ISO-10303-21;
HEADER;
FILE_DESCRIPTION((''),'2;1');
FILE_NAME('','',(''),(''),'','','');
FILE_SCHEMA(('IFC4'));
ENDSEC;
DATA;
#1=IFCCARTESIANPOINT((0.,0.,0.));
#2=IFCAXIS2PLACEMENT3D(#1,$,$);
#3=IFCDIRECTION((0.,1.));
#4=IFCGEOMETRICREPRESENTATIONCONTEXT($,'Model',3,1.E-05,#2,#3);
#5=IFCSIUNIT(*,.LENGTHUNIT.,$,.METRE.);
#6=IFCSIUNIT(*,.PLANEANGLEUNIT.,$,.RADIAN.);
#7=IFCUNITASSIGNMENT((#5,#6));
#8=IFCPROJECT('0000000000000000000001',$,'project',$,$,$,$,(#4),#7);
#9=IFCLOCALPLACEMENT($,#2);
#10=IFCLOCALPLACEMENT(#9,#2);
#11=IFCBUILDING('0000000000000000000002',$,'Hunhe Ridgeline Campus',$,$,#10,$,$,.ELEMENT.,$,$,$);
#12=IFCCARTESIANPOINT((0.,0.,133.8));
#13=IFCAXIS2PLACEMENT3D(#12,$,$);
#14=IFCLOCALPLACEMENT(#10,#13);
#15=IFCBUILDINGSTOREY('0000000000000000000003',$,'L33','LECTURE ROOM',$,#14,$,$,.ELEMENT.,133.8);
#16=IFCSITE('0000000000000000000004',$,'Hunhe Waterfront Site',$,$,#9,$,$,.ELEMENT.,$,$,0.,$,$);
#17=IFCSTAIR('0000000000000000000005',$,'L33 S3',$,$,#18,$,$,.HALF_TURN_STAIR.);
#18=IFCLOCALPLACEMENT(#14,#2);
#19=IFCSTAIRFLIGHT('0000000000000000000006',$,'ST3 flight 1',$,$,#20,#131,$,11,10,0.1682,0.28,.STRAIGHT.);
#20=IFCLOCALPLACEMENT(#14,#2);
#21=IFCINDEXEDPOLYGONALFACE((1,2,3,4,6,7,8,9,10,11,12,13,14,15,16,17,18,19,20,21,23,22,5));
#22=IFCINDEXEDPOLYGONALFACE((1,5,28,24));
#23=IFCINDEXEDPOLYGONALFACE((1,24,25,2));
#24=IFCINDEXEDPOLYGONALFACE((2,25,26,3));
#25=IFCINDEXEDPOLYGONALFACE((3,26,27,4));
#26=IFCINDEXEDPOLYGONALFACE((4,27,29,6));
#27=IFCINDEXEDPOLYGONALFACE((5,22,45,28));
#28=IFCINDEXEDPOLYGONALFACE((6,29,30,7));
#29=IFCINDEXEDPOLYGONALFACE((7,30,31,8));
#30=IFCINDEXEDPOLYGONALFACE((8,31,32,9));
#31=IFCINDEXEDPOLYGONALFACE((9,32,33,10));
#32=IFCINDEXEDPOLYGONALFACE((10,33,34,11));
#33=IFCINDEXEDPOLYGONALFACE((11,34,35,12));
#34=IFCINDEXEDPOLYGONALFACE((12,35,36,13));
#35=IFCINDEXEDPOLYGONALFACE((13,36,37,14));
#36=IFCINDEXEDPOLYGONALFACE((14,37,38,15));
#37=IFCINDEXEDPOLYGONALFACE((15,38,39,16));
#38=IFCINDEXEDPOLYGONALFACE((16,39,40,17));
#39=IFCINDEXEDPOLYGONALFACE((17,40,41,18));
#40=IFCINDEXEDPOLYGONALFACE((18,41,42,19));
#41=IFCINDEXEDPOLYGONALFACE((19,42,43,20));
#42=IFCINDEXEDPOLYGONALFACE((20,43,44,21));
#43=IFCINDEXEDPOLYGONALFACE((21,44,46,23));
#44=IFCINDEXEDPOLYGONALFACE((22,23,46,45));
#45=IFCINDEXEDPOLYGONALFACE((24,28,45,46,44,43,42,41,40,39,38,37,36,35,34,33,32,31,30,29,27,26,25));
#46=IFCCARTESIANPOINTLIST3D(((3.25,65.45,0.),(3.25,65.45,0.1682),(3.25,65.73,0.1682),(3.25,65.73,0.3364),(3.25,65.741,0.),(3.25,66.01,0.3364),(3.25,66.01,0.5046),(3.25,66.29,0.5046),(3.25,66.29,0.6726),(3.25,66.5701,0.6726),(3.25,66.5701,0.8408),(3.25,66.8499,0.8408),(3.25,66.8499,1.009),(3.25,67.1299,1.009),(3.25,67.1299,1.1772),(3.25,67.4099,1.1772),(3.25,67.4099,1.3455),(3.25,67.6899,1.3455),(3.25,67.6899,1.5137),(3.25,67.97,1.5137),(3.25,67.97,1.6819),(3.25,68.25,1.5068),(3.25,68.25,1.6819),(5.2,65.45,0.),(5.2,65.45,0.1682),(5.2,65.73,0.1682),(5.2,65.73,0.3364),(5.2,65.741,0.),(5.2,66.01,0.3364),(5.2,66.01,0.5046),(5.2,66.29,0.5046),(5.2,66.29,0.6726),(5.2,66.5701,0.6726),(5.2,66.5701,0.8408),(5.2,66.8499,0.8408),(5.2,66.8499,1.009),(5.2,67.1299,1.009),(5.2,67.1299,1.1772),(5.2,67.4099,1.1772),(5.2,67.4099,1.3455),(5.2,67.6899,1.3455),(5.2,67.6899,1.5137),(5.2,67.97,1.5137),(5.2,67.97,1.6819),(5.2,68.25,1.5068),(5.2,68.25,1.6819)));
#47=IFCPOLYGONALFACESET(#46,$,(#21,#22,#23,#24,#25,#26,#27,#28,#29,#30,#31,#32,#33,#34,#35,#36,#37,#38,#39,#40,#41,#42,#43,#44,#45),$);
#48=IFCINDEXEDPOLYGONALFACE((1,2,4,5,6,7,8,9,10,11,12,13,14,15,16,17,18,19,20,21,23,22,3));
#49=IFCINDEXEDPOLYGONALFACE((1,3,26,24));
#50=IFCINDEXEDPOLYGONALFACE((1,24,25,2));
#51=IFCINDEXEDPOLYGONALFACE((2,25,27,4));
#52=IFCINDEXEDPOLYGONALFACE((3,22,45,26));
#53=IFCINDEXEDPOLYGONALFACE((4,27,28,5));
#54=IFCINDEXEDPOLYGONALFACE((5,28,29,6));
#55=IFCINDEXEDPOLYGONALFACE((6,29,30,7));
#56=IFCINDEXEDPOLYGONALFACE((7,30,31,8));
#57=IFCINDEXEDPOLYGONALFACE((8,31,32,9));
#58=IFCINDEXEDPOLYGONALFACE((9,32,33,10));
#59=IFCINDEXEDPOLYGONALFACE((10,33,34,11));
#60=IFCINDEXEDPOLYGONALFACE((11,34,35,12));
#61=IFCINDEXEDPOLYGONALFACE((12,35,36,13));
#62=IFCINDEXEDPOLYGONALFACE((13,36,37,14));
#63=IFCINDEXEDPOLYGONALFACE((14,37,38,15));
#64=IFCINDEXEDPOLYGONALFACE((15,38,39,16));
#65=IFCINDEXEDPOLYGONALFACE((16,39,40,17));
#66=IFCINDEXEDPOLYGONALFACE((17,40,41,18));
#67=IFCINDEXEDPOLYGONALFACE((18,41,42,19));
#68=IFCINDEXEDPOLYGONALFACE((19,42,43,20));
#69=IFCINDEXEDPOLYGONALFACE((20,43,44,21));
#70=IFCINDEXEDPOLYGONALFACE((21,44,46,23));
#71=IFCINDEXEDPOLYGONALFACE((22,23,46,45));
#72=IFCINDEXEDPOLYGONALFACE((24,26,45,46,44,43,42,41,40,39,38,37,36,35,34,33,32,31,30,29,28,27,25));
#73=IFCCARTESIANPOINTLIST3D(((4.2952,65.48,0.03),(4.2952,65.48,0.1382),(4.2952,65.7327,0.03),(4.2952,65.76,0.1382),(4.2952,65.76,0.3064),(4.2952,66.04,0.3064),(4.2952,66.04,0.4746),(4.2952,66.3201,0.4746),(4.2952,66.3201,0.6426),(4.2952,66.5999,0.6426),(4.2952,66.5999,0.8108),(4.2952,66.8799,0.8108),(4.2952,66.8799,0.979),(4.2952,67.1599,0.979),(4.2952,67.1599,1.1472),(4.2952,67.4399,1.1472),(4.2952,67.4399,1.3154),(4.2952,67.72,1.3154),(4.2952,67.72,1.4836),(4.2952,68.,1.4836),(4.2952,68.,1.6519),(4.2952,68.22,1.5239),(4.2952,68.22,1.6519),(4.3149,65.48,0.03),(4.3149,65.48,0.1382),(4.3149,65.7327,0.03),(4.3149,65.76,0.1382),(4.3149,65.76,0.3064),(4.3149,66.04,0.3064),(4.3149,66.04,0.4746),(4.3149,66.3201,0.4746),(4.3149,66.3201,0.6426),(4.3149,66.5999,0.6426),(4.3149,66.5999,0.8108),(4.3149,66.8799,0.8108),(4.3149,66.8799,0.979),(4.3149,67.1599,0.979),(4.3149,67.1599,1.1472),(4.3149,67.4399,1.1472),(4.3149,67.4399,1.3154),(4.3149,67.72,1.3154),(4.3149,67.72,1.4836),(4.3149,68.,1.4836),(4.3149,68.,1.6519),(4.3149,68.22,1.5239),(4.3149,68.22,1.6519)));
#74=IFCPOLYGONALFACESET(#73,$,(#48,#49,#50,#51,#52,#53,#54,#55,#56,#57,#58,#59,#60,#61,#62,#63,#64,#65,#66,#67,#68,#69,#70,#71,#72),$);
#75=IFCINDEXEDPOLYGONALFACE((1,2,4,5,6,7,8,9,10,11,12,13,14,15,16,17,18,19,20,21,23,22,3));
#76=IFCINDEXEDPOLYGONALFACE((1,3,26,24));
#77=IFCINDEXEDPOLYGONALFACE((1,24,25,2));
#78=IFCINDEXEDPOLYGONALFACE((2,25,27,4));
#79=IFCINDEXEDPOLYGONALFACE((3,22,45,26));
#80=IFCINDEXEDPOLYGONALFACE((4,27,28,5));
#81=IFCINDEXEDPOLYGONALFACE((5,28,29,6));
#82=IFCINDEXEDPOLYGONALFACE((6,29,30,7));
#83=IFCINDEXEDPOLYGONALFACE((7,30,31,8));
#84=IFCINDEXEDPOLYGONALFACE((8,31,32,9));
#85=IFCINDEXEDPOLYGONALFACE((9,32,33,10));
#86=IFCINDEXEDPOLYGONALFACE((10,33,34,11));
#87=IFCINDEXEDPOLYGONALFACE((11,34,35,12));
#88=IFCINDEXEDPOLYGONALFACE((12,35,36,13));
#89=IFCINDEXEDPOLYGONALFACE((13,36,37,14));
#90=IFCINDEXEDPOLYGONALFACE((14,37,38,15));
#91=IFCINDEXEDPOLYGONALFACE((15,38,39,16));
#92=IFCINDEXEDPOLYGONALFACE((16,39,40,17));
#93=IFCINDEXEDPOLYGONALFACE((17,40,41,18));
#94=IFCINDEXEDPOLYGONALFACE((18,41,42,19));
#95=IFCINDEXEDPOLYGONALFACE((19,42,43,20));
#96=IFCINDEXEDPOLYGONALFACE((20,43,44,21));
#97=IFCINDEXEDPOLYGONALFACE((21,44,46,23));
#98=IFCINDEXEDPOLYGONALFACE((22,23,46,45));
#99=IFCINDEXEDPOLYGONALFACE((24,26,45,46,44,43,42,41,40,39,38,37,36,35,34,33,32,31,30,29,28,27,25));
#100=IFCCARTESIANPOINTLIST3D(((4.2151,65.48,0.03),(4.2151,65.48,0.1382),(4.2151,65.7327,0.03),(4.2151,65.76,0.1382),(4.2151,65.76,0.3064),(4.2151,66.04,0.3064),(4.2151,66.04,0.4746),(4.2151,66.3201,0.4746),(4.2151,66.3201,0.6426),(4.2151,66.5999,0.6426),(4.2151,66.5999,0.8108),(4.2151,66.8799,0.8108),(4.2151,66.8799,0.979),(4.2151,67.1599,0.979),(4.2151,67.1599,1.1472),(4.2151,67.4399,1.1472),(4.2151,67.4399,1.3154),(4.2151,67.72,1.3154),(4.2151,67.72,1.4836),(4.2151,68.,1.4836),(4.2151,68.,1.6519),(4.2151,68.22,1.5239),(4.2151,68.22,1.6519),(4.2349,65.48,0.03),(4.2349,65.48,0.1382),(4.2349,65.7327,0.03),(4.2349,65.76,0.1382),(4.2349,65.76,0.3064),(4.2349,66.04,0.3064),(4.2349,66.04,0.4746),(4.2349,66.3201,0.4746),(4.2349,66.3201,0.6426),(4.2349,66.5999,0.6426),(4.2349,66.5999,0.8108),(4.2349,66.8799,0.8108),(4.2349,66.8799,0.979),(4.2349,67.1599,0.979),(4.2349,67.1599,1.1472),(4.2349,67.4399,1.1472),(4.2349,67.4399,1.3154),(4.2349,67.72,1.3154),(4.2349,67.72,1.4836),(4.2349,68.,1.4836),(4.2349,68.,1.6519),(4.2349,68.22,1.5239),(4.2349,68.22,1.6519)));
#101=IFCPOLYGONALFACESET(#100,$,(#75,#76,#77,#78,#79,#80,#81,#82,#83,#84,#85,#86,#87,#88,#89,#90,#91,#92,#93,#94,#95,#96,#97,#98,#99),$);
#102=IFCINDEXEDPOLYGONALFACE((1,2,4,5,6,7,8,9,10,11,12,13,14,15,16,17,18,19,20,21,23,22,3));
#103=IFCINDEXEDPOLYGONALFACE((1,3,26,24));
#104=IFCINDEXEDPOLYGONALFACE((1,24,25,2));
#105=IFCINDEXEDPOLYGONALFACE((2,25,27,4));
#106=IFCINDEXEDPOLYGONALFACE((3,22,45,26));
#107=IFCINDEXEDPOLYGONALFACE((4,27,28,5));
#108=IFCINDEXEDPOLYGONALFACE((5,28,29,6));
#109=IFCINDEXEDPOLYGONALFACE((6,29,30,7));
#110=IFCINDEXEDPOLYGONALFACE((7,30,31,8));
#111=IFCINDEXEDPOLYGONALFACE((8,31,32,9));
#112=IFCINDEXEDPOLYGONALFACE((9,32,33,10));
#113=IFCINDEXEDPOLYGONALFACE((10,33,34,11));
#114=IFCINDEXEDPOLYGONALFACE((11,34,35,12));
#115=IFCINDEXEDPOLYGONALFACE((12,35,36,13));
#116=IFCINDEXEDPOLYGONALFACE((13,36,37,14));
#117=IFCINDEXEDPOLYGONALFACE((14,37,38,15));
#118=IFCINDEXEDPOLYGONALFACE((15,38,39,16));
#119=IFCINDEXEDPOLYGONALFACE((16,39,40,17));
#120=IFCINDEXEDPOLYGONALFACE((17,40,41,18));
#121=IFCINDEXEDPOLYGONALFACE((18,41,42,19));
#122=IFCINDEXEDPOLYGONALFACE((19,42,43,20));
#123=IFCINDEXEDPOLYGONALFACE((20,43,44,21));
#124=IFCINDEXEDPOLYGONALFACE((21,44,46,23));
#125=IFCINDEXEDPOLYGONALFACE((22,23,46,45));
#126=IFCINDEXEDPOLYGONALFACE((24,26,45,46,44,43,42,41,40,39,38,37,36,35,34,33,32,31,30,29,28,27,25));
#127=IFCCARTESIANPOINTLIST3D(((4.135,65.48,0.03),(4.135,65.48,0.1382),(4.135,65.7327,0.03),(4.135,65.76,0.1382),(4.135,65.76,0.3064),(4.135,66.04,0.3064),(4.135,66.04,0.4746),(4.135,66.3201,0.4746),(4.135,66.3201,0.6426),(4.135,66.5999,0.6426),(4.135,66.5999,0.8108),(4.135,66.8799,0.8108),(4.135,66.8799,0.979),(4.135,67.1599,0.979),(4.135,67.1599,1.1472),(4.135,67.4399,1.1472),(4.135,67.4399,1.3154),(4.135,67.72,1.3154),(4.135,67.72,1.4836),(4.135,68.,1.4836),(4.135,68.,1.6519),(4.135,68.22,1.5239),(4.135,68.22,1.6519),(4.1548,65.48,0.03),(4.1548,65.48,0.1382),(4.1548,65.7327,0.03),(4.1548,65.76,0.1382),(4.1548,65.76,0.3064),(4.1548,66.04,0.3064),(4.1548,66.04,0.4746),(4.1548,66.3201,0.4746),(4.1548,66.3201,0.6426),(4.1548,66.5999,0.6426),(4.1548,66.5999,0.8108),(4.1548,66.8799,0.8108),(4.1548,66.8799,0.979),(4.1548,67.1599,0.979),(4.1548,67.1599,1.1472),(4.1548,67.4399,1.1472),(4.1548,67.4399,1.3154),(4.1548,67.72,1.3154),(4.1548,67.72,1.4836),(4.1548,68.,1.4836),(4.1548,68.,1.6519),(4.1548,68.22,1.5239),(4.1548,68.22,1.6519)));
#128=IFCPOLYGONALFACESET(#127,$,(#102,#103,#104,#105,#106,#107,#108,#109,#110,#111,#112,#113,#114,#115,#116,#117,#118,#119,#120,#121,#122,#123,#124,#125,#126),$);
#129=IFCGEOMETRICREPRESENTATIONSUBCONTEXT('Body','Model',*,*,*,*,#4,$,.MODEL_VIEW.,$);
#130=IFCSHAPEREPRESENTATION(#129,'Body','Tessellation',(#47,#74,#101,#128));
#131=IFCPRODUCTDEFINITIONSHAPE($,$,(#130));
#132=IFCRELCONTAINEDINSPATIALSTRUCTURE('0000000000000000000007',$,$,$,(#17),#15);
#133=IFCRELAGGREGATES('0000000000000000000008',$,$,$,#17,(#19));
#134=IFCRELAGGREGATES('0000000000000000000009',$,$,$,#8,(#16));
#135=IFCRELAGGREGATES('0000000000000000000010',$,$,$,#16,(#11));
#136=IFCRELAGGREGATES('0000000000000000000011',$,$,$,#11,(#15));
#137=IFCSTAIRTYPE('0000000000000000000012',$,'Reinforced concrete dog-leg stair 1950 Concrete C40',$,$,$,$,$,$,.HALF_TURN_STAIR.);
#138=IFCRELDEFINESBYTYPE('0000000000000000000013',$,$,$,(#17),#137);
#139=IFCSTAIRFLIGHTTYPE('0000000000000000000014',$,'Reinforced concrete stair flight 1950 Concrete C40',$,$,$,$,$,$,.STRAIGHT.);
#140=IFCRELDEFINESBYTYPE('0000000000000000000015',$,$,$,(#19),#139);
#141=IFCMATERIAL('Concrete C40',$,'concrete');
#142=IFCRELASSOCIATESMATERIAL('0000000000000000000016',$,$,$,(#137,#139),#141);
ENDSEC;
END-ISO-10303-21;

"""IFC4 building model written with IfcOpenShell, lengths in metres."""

from ifc_helpers import new_model, si_unit, direction, frame, origin, place, context, subcontext, project, spatial, polyline, outline, extrude, material, type_object, element, aggregate, save


model = new_model("IFC4")

# Units and contexts
model_context = context("Model", 3, precision=1e-05, world=origin(), true_north=direction((0.0, 1.0)))
body_context = subcontext(model_context, "Body", "Model", "MODEL_VIEW")
ifc_project = project(units=[si_unit("LENGTHUNIT", "METRE"), si_unit("PLANEANGLEUNIT", "RADIAN")], contexts=[model_context])

# Site, building, storey
site_placement = place(None, origin())
site = spatial("IfcSite", under=ifc_project, at=site_placement, Name="Hunhe Waterfront Site", CompositionType="ELEMENT", RefElevation=0.0)
building_placement = place(site_placement, origin())
building = spatial("IfcBuilding", under=site, at=building_placement, Name="Hunhe Ridgeline Campus", CompositionType="ELEMENT")
storey_placement = place(building_placement, frame((0.0, 0.0, 133.8)))
storey = spatial("IfcBuildingStorey", under=building, at=storey_placement, Name="L33", Description="LECTURE ROOM", CompositionType="ELEMENT", Elevation=133.8)

# Stair, stair flight
ifc_material_1 = material(Name="Concrete C40", Category="concrete")
stair_type = type_object("IfcStairType", Name="Reinforced concrete dog-leg stair 1950 Concrete C40", PredefinedType="HALF_TURN_STAIR", material=ifc_material_1)
stair_1_placement = place(storey_placement, origin())
stair_1 = element("IfcStair", 1, at=stair_1_placement, inside=storey, type_object=stair_type, Name="L33 S3", PredefinedType="HALF_TURN_STAIR")
stair_flight_type = type_object("IfcStairFlightType", Name="Reinforced concrete stair flight 1950 Concrete C40", PredefinedType="STRAIGHT", material=ifc_material_1)
stair_flight_1_placement = place(storey_placement, frame((4.2251, 65.45, 0.0), z_axis=(0.0, 0.0, 1.0), x_axis=(0.0, 1.0, 0.0)))
stair_flight_1 = element("IfcStairFlight", 2, at=stair_flight_1_placement, type_object=stair_flight_type, Name="ST3 flight 1", NumberOfRisers=11, NumberOfTreads=10, PredefinedType="STRAIGHT", RiserHeight=0.1682, TreadLength=0.28, context=body_context, shape_type="SweptSolid", body=[
    extrude(outline(polyline([(0.0, 0.0), (0.0, 0.1682), (0.28, 0.1682), (0.28, 0.3364), (0.5601, 0.3364), (0.5601, 0.5046), (0.8401, 0.5046), (0.8401, 0.6726), (1.1201, 0.6726), (1.1201, 0.8408), (1.3999, 0.8408), (1.3999, 1.009), (1.6799, 1.009), (1.6799, 1.1772), (1.96, 1.1772), (1.96, 1.3455), (2.24, 1.3455), (2.24, 1.5137), (2.52, 1.5137), (2.52, 1.6819), (2.8, 1.6819), (2.8, 1.8501), (2.8, 1.5068), (0.291, 0.0), (0.0, 0.0)])), frame((0.0, 0.9751, 0.0), z_axis=(0.0, -1.0, 0.0), x_axis=(1.0, 0.0, 0.0)), (0.0, 0.0, 1.0), 1.95),
    extrude(outline(polyline([(0.03, 0.03), (0.03, 0.1382), (0.3101, 0.1382), (0.3101, 0.3064), (0.5901, 0.3064), (0.5901, 0.4746), (0.8701, 0.4746), (0.8701, 0.6426), (1.1499, 0.6426), (1.1499, 0.8108), (1.4299, 0.8108), (1.4299, 0.979), (1.71, 0.979), (1.71, 1.1472), (1.99, 1.1472), (1.99, 1.3154), (2.27, 1.3154), (2.27, 1.4836), (2.55, 1.4836), (2.55, 1.6519), (2.77, 1.6519), (2.77, 1.5239), (0.2827, 0.03), (0.03, 0.03)])), frame((0.0, -0.0701, 0.0), z_axis=(0.0, -1.0, 0.0), x_axis=(1.0, 0.0, 0.0)), (0.0, 0.0, 1.0), 0.0198),
    extrude(outline(polyline([(0.03, 0.03), (0.03, 0.1382), (0.3101, 0.1382), (0.3101, 0.3064), (0.5901, 0.3064), (0.5901, 0.4746), (0.8701, 0.4746), (0.8701, 0.6426), (1.1499, 0.6426), (1.1499, 0.8108), (1.4299, 0.8108), (1.4299, 0.979), (1.71, 0.979), (1.71, 1.1472), (1.99, 1.1472), (1.99, 1.3154), (2.27, 1.3154), (2.27, 1.4836), (2.55, 1.4836), (2.55, 1.6519), (2.77, 1.6519), (2.77, 1.5239), (0.2827, 0.03), (0.03, 0.03)])), frame((0.0, 0.01, 0.0), z_axis=(0.0, -1.0, 0.0), x_axis=(1.0, 0.0, 0.0)), (0.0, 0.0, 1.0), 0.0198),
    extrude(outline(polyline([(0.03, 0.03), (0.03, 0.1382), (0.3101, 0.1382), (0.3101, 0.3064), (0.5901, 0.3064), (0.5901, 0.4746), (0.8701, 0.4746), (0.8701, 0.6426), (1.1499, 0.6426), (1.1499, 0.8108), (1.4299, 0.8108), (1.4299, 0.979), (1.71, 0.979), (1.71, 1.1472), (1.99, 1.1472), (1.99, 1.3154), (2.27, 1.3154), (2.27, 1.4836), (2.55, 1.4836), (2.55, 1.6519), (2.77, 1.6519), (2.77, 1.5239), (0.2827, 0.03), (0.03, 0.03)])), frame((0.0, 0.0901, 0.0), z_axis=(0.0, -1.0, 0.0), x_axis=(1.0, 0.0, 0.0)), (0.0, 0.0, 1.0), 0.0198),
])
aggregate(stair_1, [stair_flight_1])

save(model, "model.ifc")
